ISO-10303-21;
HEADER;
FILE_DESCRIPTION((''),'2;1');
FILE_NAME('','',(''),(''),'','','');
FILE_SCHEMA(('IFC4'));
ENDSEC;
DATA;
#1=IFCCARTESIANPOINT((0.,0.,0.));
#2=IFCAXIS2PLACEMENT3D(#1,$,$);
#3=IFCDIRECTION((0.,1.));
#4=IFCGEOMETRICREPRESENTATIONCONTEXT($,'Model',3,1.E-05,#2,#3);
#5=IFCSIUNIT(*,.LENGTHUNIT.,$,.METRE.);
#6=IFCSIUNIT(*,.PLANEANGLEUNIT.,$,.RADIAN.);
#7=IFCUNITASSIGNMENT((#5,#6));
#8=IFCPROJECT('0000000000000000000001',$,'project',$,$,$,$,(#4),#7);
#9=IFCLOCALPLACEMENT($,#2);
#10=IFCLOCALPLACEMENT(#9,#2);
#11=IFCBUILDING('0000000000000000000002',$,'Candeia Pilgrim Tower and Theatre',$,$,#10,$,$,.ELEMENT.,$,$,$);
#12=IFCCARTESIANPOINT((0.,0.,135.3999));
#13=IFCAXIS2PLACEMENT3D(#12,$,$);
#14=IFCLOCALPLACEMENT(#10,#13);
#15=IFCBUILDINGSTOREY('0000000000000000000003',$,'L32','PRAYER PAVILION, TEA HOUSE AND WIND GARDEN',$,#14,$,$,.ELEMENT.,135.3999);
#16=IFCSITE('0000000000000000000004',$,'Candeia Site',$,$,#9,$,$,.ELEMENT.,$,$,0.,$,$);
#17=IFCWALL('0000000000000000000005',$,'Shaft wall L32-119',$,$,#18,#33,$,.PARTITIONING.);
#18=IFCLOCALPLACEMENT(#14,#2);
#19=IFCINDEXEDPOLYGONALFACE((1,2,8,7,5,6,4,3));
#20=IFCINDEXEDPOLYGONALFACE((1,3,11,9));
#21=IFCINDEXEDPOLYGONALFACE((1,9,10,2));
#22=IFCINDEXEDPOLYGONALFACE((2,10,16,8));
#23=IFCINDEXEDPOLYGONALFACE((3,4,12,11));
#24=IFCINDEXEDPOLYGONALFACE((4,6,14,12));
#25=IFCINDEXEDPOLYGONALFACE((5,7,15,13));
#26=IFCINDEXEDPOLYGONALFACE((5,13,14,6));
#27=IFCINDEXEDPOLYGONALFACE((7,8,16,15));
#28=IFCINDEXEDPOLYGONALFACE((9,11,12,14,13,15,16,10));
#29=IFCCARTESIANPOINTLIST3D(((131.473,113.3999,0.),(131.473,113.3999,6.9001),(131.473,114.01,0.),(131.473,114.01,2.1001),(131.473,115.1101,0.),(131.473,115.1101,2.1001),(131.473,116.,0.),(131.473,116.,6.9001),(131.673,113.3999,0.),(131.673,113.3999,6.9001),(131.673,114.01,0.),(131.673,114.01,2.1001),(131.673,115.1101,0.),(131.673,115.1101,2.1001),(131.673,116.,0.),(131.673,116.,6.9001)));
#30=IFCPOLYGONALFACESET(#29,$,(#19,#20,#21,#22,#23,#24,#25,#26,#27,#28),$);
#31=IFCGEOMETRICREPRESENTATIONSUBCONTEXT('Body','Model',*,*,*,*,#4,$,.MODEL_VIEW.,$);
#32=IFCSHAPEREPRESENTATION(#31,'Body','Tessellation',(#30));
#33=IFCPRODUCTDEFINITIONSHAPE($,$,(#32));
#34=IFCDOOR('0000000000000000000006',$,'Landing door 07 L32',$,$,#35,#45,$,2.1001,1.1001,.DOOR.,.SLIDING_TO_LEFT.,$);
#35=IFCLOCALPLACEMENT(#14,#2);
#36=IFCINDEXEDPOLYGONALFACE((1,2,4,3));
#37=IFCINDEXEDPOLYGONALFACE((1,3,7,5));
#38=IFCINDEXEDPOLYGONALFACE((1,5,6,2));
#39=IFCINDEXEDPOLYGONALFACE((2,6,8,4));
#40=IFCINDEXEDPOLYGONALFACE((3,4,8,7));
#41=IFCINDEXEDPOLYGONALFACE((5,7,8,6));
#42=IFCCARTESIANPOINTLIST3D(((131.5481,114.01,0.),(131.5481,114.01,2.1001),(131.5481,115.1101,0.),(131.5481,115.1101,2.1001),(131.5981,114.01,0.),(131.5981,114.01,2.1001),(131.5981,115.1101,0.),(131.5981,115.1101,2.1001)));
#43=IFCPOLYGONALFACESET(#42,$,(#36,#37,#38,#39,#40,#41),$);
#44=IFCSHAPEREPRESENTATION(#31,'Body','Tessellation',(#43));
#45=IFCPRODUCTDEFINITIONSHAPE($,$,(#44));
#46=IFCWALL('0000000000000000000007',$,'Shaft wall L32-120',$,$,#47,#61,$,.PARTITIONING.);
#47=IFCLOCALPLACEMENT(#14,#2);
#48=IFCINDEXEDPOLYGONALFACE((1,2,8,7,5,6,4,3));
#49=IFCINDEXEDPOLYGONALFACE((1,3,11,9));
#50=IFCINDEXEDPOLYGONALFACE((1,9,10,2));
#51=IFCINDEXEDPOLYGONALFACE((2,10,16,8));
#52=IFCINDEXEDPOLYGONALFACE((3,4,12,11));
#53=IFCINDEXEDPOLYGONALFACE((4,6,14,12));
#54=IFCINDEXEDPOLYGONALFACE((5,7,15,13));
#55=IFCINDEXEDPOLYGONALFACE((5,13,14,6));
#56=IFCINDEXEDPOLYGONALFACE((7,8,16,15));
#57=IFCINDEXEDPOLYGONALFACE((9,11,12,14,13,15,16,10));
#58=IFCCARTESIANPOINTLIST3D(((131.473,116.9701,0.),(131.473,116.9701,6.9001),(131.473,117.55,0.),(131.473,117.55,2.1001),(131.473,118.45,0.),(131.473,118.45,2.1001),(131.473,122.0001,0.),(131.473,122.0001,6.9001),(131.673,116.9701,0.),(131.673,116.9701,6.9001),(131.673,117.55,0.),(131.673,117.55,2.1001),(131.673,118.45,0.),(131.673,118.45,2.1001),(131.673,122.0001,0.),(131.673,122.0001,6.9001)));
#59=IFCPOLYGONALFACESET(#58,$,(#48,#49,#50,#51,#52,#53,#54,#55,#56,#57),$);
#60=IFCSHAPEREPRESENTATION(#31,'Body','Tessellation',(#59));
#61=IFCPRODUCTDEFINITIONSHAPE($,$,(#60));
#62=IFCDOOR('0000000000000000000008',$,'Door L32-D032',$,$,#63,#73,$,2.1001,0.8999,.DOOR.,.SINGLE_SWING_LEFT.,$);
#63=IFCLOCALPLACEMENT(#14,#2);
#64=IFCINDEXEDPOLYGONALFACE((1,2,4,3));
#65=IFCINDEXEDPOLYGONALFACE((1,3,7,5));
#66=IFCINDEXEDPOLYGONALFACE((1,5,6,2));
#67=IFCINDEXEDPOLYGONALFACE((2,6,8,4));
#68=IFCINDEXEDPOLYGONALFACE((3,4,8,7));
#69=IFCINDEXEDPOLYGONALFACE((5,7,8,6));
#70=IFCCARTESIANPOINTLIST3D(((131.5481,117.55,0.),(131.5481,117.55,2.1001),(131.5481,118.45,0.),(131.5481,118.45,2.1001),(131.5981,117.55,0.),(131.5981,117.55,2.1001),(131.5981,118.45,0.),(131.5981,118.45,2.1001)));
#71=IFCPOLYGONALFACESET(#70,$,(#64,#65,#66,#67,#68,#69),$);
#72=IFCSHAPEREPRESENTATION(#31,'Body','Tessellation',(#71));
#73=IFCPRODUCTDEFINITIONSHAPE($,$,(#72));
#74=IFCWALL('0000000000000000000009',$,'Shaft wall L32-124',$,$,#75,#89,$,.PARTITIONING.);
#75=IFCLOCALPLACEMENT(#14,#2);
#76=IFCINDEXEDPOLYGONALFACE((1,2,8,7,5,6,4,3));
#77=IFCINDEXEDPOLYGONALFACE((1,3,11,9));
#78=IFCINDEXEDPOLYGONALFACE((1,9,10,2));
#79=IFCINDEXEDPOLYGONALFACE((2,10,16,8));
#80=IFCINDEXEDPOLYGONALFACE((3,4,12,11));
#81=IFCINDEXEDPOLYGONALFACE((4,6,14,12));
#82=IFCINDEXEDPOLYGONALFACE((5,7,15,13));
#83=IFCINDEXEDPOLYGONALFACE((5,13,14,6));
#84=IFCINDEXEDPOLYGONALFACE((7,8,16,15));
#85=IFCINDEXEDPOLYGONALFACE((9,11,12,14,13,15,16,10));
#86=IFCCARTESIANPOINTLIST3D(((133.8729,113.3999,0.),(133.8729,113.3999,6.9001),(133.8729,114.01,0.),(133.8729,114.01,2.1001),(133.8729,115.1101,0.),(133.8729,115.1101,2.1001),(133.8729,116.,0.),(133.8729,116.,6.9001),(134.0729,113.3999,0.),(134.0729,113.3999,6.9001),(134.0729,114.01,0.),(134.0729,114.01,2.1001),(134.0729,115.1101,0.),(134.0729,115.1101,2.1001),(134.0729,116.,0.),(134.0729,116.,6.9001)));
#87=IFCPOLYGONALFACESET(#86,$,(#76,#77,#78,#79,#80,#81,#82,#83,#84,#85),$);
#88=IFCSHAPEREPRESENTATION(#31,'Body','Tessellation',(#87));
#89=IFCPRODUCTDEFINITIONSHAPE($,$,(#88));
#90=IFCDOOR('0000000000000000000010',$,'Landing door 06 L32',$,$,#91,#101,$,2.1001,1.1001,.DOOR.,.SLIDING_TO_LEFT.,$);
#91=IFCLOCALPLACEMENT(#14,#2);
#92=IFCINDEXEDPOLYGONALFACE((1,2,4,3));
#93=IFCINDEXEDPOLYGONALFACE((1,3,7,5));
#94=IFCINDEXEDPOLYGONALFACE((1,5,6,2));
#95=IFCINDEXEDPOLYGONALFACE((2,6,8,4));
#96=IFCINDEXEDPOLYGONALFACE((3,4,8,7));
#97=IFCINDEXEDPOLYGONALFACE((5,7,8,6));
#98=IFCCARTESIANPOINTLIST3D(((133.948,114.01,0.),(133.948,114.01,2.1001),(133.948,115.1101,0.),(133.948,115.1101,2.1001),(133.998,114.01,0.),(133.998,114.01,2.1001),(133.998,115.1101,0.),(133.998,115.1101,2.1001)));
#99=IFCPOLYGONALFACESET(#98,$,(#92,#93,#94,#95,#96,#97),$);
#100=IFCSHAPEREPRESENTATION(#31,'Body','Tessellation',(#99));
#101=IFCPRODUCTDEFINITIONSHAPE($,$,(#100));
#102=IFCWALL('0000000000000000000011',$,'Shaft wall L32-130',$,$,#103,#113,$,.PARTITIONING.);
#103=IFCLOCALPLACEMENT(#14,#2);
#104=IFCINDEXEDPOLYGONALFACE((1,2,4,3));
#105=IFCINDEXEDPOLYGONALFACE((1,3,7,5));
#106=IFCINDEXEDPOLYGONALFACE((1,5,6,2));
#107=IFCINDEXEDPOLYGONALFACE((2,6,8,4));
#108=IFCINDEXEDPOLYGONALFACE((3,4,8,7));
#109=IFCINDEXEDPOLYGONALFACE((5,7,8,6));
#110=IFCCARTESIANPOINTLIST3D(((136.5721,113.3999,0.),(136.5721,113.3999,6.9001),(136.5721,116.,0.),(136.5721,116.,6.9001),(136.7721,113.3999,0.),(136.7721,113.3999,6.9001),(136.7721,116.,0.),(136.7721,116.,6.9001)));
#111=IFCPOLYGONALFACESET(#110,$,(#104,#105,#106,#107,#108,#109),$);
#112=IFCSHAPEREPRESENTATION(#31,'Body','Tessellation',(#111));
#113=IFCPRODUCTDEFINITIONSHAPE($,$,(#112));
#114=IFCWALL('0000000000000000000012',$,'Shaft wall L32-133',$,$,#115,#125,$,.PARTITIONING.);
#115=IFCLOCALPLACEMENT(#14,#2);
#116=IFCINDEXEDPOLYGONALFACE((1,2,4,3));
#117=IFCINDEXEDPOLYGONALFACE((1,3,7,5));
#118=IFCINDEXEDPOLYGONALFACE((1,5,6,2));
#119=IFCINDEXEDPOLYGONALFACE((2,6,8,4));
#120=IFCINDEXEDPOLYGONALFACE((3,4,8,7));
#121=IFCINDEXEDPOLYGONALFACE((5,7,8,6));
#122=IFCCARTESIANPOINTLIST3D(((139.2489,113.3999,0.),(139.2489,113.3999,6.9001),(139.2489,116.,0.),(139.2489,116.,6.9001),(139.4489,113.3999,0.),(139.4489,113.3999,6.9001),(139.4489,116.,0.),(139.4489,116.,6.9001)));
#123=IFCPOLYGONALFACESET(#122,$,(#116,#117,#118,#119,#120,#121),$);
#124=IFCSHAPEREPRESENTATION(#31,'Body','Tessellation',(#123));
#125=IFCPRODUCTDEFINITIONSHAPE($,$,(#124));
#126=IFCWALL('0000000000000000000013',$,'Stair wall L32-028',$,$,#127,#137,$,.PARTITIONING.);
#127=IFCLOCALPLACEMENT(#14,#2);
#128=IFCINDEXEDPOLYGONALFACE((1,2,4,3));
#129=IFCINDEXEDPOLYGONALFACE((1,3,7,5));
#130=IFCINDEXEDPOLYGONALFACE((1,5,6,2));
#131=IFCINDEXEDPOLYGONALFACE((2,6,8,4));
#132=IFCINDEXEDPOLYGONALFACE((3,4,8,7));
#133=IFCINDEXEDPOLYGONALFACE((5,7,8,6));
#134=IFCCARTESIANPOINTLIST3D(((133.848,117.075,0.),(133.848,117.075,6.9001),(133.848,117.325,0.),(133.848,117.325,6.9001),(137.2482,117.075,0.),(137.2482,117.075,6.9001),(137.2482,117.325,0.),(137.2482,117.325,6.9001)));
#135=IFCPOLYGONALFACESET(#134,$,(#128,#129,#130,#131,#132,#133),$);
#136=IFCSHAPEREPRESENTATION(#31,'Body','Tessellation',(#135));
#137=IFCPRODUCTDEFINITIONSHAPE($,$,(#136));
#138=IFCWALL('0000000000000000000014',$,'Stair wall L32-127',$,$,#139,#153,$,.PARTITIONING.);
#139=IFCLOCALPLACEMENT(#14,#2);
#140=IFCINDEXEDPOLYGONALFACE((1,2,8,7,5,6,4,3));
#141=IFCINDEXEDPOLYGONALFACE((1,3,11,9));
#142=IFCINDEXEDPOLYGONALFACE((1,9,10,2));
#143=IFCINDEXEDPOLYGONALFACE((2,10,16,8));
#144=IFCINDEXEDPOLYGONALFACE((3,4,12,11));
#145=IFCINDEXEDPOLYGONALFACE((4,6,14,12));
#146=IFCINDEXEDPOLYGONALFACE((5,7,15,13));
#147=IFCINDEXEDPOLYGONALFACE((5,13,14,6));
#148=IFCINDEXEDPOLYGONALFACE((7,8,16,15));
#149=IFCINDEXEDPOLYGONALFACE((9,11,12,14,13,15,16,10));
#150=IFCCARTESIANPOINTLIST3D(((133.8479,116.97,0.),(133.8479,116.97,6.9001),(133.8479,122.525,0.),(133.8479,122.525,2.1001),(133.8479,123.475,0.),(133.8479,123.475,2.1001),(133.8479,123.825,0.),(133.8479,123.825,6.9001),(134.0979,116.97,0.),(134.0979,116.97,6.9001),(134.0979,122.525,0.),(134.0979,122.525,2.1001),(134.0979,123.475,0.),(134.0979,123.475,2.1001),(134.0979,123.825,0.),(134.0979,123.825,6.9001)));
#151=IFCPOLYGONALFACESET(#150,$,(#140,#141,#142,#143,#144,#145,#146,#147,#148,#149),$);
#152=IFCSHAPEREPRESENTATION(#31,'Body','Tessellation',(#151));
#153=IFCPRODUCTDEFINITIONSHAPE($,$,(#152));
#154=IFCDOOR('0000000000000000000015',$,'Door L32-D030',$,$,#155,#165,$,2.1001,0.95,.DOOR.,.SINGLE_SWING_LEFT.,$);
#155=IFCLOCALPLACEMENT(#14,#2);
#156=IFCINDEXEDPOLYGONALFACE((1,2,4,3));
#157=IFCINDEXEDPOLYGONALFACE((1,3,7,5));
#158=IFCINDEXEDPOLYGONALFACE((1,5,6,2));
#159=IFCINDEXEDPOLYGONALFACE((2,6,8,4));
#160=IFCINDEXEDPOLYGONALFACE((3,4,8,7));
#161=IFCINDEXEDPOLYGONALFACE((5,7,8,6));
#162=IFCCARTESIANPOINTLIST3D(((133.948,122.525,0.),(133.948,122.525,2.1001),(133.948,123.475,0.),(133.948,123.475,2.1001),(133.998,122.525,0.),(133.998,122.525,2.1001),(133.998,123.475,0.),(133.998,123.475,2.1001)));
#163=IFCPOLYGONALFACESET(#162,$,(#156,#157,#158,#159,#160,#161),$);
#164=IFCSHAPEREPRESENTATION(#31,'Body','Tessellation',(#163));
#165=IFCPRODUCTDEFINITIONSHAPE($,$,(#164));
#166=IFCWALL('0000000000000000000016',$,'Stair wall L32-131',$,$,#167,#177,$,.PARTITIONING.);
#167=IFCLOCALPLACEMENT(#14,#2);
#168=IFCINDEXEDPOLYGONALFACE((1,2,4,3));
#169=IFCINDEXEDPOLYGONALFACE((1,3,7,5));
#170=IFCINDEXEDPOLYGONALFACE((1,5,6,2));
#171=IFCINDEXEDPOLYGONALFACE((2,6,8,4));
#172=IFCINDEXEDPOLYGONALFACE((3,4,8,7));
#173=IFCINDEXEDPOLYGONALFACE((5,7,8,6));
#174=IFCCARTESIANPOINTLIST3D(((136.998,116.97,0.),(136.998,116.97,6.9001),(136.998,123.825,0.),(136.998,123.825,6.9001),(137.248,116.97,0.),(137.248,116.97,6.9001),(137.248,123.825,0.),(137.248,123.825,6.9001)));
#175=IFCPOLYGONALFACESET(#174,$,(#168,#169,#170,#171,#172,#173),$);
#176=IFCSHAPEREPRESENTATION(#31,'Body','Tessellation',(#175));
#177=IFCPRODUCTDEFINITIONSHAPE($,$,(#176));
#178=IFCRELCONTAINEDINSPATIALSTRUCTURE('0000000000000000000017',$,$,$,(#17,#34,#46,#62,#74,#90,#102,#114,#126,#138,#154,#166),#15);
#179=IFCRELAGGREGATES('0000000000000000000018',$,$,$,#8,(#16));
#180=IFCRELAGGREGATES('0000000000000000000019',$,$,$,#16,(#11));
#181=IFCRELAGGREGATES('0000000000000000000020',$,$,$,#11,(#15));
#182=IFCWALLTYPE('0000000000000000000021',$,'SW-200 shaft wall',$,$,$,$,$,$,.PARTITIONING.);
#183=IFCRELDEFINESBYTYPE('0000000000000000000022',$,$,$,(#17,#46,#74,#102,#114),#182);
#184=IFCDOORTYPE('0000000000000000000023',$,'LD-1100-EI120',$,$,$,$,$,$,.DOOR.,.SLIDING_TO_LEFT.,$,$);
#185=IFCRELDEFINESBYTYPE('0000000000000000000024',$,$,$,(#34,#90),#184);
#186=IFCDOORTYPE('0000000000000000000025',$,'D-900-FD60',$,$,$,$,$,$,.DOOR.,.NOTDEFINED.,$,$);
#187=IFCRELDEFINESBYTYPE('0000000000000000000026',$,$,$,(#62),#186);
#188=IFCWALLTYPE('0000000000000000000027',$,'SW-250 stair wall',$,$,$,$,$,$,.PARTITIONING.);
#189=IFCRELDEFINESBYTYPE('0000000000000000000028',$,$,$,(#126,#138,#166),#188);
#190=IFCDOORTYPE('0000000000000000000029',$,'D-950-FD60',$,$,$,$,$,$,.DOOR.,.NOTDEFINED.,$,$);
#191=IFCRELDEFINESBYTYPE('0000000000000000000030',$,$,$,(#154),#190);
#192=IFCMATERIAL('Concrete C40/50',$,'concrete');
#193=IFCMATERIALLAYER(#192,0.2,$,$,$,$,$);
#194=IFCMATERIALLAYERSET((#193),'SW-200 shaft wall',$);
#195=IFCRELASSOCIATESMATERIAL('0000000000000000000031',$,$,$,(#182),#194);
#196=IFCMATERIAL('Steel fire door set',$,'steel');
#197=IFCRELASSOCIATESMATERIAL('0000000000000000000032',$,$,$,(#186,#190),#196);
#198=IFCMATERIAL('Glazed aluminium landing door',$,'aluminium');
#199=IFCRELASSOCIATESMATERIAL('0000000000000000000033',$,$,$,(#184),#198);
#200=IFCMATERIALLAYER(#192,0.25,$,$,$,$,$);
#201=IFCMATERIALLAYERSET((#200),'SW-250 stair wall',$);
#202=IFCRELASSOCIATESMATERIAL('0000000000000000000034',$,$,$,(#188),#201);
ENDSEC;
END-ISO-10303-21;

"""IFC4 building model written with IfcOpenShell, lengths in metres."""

from ifc_helpers import new_model, si_unit, direction, frame, frame_2d, origin, place, context, subcontext, project, spatial, rectangle, extrude, material, layer, layer_set, type_object, element, fill, save


model = new_model("IFC4")

# Units and contexts
model_context = context("Model", 3, precision=1e-05, world=origin(), true_north=direction((0.0, 1.0)))
body_context = subcontext(model_context, "Body", "Model", "MODEL_VIEW")
ifc_project = project(units=[si_unit("LENGTHUNIT", "METRE"), si_unit("PLANEANGLEUNIT", "RADIAN")], contexts=[model_context])

# Site, building, storey
site_placement = place(None, origin())
site = spatial("IfcSite", under=ifc_project, at=site_placement, Name="Candeia Site", CompositionType="ELEMENT", RefElevation=0.0)
building_placement = place(site_placement, origin())
building = spatial("IfcBuilding", under=site, at=building_placement, Name="Candeia Pilgrim Tower and Theatre", CompositionType="ELEMENT")
storey_placement = place(building_placement, frame((0.0, 0.0, 135.3999)))
storey = spatial("IfcBuildingStorey", under=building, at=storey_placement, Name="L32", Description="PRAYER PAVILION, TEA HOUSE AND WIND GARDEN", CompositionType="ELEMENT", Elevation=135.3999)

# Shared definitions
ifc_material_1 = material(Name="Steel fire door set", Category="steel")

# Shared definitions
ifc_material_2 = material(Name="Concrete C40/50", Category="concrete")
ifc_layer_1 = layer(ifc_material_2, 0.2)
ifc_layer_set_1 = layer_set([ifc_layer_1], Name="SW-200 shaft wall")
wall_type_1 = type_object("IfcWallType", Name="SW-200 shaft wall", PredefinedType="PARTITIONING", material=ifc_layer_set_1)
door_type_1 = type_object("IfcDoorType", Name="D-900-FD60", OperationType="NOTDEFINED", PredefinedType="DOOR", material=ifc_material_1)

# Walls, openings, doors
wall_1_placement = place(storey_placement, frame((131.573, 113.3999, 0.0), z_axis=(0.0, 0.0, 1.0), x_axis=(0.0, 1.0, 0.0)))
wall_1 = element("IfcWall", 1, at=wall_1_placement, inside=storey, type_object=wall_type_1, Name="Shaft wall L32-119", PredefinedType="PARTITIONING", context=body_context, shape_type="SweptSolid", body=[
    extrude(rectangle(XDim=2.6001, YDim=0.2, at=frame_2d((1.3, 0.0))), origin(), (0.0, 0.0, 1.0), 6.9001),
])
opening_1_placement = place(wall_1_placement, frame((0.6101, 0.0, 0.0)))
opening_1 = element("IfcOpeningElement", 2, at=opening_1_placement, cuts=wall_1, PredefinedType="OPENING", context=body_context, shape_type="SweptSolid", body=[
    extrude(rectangle(XDim=1.1001, YDim=2.1001, at=frame_2d((0.55, 1.05))), frame((0.0, 0.1099, 0.0), z_axis=(0.0, -1.0, 0.0), x_axis=(1.0, 0.0, 0.0)), (0.0, 0.0, 1.0), 0.22),
])
ifc_material_3 = material(Name="Glazed aluminium landing door", Category="aluminium")
door_type_2 = type_object("IfcDoorType", Name="LD-1100-EI120", OperationType="SLIDING_TO_LEFT", PredefinedType="DOOR", material=ifc_material_3)
door_1_placement = place(opening_1_placement, origin())
door_1 = element("IfcDoor", 3, at=door_1_placement, inside=storey, type_object=door_type_2, Name="Landing door 07 L32", OperationType="SLIDING_TO_LEFT", OverallHeight=2.1001, OverallWidth=1.1001, PredefinedType="DOOR", context=body_context, shape_type="SweptSolid", body=[
    extrude(rectangle(XDim=1.1001, YDim=2.1001, at=frame_2d((0.55, 1.05))), frame((0.0, 0.0249, 0.0), z_axis=(0.0, -1.0, 0.0), x_axis=(1.0, 0.0, 0.0)), (0.0, 0.0, 1.0), 0.05),
])
fill(opening_1, door_1)
wall_2_placement = place(storey_placement, frame((131.573, 116.97, 0.0), z_axis=(0.0, 0.0, 1.0), x_axis=(0.0, 1.0, 0.0)))
wall_2 = element("IfcWall", 4, at=wall_2_placement, inside=storey, type_object=wall_type_1, Name="Shaft wall L32-120", PredefinedType="PARTITIONING", context=body_context, shape_type="SweptSolid", body=[
    extrude(rectangle(XDim=5.03, YDim=0.2, at=frame_2d((2.5151, 0.0))), origin(), (0.0, 0.0, 1.0), 6.9001),
])
opening_2_placement = place(wall_2_placement, frame((0.5801, 0.0, 0.0)))
opening_2 = element("IfcOpeningElement", 5, at=opening_2_placement, cuts=wall_2, PredefinedType="OPENING", context=body_context, shape_type="SweptSolid", body=[
    extrude(rectangle(XDim=0.8999, YDim=2.1001, at=frame_2d((0.45, 1.05))), frame((0.0, 0.1099, 0.0), z_axis=(0.0, -1.0, 0.0), x_axis=(1.0, 0.0, 0.0)), (0.0, 0.0, 1.0), 0.22),
])
door_2_placement = place(opening_2_placement, origin())
door_2 = element("IfcDoor", 6, at=door_2_placement, inside=storey, type_object=door_type_1, Name="Door L32-D032", OperationType="SINGLE_SWING_LEFT", OverallHeight=2.1001, OverallWidth=0.8999, PredefinedType="DOOR", context=body_context, shape_type="SweptSolid", body=[
    extrude(rectangle(XDim=0.8999, YDim=2.1001, at=frame_2d((0.45, 1.05))), frame((0.0, 0.0249, 0.0), z_axis=(0.0, -1.0, 0.0), x_axis=(1.0, 0.0, 0.0)), (0.0, 0.0, 1.0), 0.05),
])
fill(opening_2, door_2)
wall_3_placement = place(storey_placement, frame((133.9729, 113.3999, 0.0), z_axis=(0.0, 0.0, 1.0), x_axis=(0.0, 1.0, 0.0)))
wall_3 = element("IfcWall", 7, at=wall_3_placement, inside=storey, type_object=wall_type_1, Name="Shaft wall L32-124", PredefinedType="PARTITIONING", context=body_context, shape_type="SweptSolid", body=[
    extrude(rectangle(XDim=2.6001, YDim=0.2, at=frame_2d((1.3, 0.0))), origin(), (0.0, 0.0, 1.0), 6.9001),
])
opening_3_placement = place(wall_3_placement, frame((0.6101, 0.0, 0.0)))
opening_3 = element("IfcOpeningElement", 8, at=opening_3_placement, cuts=wall_3, PredefinedType="OPENING", context=body_context, shape_type="SweptSolid", body=[
    extrude(rectangle(XDim=1.1001, YDim=2.1001, at=frame_2d((0.55, 1.05))), frame((0.0, 0.1099, 0.0), z_axis=(0.0, -1.0, 0.0), x_axis=(1.0, 0.0, 0.0)), (0.0, 0.0, 1.0), 0.22),
])
door_3_placement = place(opening_3_placement, origin())
door_3 = element("IfcDoor", 9, at=door_3_placement, inside=storey, type_object=door_type_2, Name="Landing door 06 L32", OperationType="SLIDING_TO_LEFT", OverallHeight=2.1001, OverallWidth=1.1001, PredefinedType="DOOR", context=body_context, shape_type="SweptSolid", body=[
    extrude(rectangle(XDim=1.1001, YDim=2.1001, at=frame_2d((0.55, 1.05))), frame((0.0, 0.0249, 0.0), z_axis=(0.0, -1.0, 0.0), x_axis=(1.0, 0.0, 0.0)), (0.0, 0.0, 1.0), 0.05),
])
fill(opening_3, door_3)

# Walls
for number, where, z_axis, x_axis, name in (
    (10, (136.6721, 113.3999, 0.0), (0.0, 0.0, 1.0), (0.0, 1.0, 0.0), "Shaft wall L32-130"),
    (11, (139.3489, 113.3999, 0.0), (0.0, 0.0, 1.0), (0.0, 1.0, 0.0), "Shaft wall L32-133"),
):
    element("IfcWall", number, at=place(storey_placement, frame(where, z_axis=z_axis, x_axis=x_axis)), inside=storey, type_object=wall_type_1, Name=name, PredefinedType="PARTITIONING", context=body_context, shape_type="SweptSolid", body=[
        extrude(rectangle(XDim=2.6001, YDim=0.2, at=frame_2d((1.3, 0.0))), origin(), (0.0, 0.0, 1.0), 6.9001),
    ])
ifc_layer_2 = layer(ifc_material_2, 0.25)
ifc_layer_set_2 = layer_set([ifc_layer_2], Name="SW-250 stair wall")
wall_type_2 = type_object("IfcWallType", Name="SW-250 stair wall", PredefinedType="PARTITIONING", material=ifc_layer_set_2)
wall_4_placement = place(storey_placement, frame((133.8479, 117.2, 0.0), z_axis=(0.0, 0.0, 1.0), x_axis=(1.0, 0.0, 0.0)))
element("IfcWall", 12, at=wall_4_placement, inside=storey, type_object=wall_type_2, Name="Stair wall L32-028", PredefinedType="PARTITIONING", context=body_context, shape_type="SweptSolid", body=[
    extrude(rectangle(XDim=3.4001, YDim=0.25, at=frame_2d((1.7002, 0.0))), origin(), (0.0, 0.0, 1.0), 6.9001),
])

# Wall, opening, door
wall_5_placement = place(storey_placement, frame((133.9729, 116.97, 0.0), z_axis=(0.0, 0.0, 1.0), x_axis=(0.0, 1.0, 0.0)))
wall_5 = element("IfcWall", 13, at=wall_5_placement, inside=storey, type_object=wall_type_2, Name="Stair wall L32-127", PredefinedType="PARTITIONING", context=body_context, shape_type="SweptSolid", body=[
    extrude(rectangle(XDim=6.855, YDim=0.25, at=frame_2d((3.4275, 0.0))), origin(), (0.0, 0.0, 1.0), 6.9001),
])
opening_4_placement = place(wall_5_placement, frame((5.5549, 0.0, 0.0)))
opening_4 = element("IfcOpeningElement", 14, at=opening_4_placement, cuts=wall_5, PredefinedType="OPENING", context=body_context, shape_type="SweptSolid", body=[
    extrude(rectangle(XDim=0.95, YDim=2.1001, at=frame_2d((0.4751, 1.05))), frame((0.0, 0.135, 0.0), z_axis=(0.0, -1.0, 0.0), x_axis=(1.0, 0.0, 0.0)), (0.0, 0.0, 1.0), 0.27),
])
door_type_3 = type_object("IfcDoorType", Name="D-950-FD60", OperationType="NOTDEFINED", PredefinedType="DOOR", material=ifc_material_1)
door_4_placement = place(opening_4_placement, origin())
door_4 = element("IfcDoor", 15, at=door_4_placement, inside=storey, type_object=door_type_3, Name="Door L32-D030", OperationType="SINGLE_SWING_LEFT", OverallHeight=2.1001, OverallWidth=0.95, PredefinedType="DOOR", context=body_context, shape_type="SweptSolid", body=[
    extrude(rectangle(XDim=0.95, YDim=2.1001, at=frame_2d((0.4751, 1.05))), frame((0.0, 0.0249, 0.0), z_axis=(0.0, -1.0, 0.0), x_axis=(1.0, 0.0, 0.0)), (0.0, 0.0, 1.0), 0.05),
])
fill(opening_4, door_4)

# Wall
wall_6_placement = place(storey_placement, frame((137.123, 116.97, 0.0), z_axis=(0.0, 0.0, 1.0), x_axis=(0.0, 1.0, 0.0)))
element("IfcWall", 16, at=wall_6_placement, inside=storey, type_object=wall_type_2, Name="Stair wall L32-131", PredefinedType="PARTITIONING", context=body_context, shape_type="SweptSolid", body=[
    extrude(rectangle(XDim=6.855, YDim=0.25, at=frame_2d((3.4275, 0.0))), origin(), (0.0, 0.0, 1.0), 6.9001),
])

save(model, "model.ifc")
